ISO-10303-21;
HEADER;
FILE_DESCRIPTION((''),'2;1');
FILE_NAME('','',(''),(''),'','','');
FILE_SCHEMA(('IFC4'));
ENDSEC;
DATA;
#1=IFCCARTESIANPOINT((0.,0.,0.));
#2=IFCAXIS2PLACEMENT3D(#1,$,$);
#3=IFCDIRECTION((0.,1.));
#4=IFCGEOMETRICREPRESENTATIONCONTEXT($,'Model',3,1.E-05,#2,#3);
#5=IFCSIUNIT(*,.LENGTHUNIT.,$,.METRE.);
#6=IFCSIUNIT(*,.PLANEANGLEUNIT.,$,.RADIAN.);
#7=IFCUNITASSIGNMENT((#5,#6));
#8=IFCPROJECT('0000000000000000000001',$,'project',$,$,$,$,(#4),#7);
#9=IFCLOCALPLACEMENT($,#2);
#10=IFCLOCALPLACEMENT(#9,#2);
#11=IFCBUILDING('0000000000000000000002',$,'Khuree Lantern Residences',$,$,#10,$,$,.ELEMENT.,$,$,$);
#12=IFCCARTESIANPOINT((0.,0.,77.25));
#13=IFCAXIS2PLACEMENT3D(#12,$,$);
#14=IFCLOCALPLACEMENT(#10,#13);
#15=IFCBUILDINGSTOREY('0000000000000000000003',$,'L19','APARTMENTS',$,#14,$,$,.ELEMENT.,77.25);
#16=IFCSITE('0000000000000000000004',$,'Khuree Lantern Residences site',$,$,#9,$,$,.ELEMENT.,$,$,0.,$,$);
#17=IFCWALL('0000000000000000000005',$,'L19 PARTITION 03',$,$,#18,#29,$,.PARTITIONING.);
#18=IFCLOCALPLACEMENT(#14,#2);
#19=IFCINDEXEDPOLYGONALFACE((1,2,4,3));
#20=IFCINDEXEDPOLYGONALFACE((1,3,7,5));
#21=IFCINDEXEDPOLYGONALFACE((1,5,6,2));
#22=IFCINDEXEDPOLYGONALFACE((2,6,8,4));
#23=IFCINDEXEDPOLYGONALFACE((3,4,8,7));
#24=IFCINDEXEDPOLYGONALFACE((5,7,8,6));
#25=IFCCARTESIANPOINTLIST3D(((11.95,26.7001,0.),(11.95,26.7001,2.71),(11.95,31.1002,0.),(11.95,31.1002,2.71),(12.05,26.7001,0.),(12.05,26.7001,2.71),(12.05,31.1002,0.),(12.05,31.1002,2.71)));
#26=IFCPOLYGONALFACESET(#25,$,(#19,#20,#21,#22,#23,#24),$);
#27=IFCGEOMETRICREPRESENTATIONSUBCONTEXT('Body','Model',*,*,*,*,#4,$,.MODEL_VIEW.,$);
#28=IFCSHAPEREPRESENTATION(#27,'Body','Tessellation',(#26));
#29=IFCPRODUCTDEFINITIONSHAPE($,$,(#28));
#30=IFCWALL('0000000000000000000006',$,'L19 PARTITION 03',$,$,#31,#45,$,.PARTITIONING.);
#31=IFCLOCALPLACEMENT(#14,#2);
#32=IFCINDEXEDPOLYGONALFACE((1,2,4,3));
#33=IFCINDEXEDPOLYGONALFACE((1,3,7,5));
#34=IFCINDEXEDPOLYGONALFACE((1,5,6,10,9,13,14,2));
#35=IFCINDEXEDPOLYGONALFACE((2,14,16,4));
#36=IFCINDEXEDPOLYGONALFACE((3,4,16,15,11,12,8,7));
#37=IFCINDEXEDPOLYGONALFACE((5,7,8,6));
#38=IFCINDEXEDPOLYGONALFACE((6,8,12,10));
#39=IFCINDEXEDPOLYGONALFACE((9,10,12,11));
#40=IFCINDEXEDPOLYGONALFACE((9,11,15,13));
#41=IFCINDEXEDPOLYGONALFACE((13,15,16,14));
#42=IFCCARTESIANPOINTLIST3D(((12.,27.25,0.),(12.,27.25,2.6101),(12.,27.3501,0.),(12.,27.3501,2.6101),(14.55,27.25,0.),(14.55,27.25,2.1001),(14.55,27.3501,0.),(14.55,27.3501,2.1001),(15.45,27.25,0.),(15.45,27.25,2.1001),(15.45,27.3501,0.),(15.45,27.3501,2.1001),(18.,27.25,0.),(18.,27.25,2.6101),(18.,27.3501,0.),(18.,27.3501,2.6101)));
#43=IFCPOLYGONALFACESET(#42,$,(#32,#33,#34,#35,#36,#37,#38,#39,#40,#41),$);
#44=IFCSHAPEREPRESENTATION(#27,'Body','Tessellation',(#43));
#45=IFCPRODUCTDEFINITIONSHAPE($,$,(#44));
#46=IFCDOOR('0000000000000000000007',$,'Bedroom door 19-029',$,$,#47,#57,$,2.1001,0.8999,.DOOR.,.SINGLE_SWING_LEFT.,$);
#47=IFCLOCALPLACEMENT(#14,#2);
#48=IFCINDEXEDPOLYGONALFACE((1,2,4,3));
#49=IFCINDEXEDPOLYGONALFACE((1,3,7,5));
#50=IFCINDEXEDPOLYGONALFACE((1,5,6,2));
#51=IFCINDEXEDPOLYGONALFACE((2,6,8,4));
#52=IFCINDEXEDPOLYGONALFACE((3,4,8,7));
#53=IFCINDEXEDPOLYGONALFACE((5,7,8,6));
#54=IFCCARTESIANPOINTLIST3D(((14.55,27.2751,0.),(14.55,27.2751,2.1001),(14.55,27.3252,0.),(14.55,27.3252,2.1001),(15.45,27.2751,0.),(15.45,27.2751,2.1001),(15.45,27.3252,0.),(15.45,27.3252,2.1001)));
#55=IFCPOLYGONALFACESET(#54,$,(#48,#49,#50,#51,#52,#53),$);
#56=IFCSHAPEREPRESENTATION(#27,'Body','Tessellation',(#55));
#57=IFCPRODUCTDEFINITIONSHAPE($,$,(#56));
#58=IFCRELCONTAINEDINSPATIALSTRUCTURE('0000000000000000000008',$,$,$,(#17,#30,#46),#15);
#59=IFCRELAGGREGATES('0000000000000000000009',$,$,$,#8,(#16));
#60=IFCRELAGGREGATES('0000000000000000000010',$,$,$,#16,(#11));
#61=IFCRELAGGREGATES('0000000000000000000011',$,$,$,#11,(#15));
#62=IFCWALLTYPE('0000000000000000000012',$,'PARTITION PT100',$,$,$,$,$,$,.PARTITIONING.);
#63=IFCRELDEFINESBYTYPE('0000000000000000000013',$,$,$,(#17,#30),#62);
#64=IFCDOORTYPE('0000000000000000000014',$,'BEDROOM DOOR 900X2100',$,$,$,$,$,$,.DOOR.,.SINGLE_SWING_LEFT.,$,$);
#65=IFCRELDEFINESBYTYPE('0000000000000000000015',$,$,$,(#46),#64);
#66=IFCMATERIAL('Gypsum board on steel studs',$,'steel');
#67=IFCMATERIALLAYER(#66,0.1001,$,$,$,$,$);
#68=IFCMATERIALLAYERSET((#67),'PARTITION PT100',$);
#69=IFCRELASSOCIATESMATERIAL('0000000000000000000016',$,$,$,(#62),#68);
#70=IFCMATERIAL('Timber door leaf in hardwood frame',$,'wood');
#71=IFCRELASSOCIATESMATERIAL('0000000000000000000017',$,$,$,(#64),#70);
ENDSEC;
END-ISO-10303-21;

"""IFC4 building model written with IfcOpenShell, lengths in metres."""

from ifc_helpers import new_model, si_unit, direction, frame, frame_2d, origin, place, context, subcontext, project, spatial, rectangle, extrude, material, layer, layer_set, type_object, element, fill, save


model = new_model("IFC4")

# Units and contexts
model_context = context("Model", 3, precision=1e-05, world=origin(), true_north=direction((0.0, 1.0)))
body_context = subcontext(model_context, "Body", "Model", "MODEL_VIEW")
ifc_project = project(units=[si_unit("LENGTHUNIT", "METRE"), si_unit("PLANEANGLEUNIT", "RADIAN")], contexts=[model_context])

# Site, building, storey
site_placement = place(None, origin())
site = spatial("IfcSite", under=ifc_project, at=site_placement, Name="Khuree Lantern Residences site", CompositionType="ELEMENT", RefElevation=0.0)
building_placement = place(site_placement, origin())
building = spatial("IfcBuilding", under=site, at=building_placement, Name="Khuree Lantern Residences", CompositionType="ELEMENT")
storey_placement = place(building_placement, frame((0.0, 0.0, 77.25)))
storey = spatial("IfcBuildingStorey", under=building, at=storey_placement, Name="L19", Description="APARTMENTS", CompositionType="ELEMENT", Elevation=77.25)

# Shared definitions
ifc_material_1 = material(Name="Timber door leaf in hardwood frame", Category="wood")

# Wall
ifc_material_2 = material(Name="Gypsum board on steel studs", Category="steel")
ifc_layer_1 = layer(ifc_material_2, 0.1001)
ifc_layer_set_1 = layer_set([ifc_layer_1], Name="PARTITION PT100")
wall_type_1 = type_object("IfcWallType", Name="PARTITION PT100", PredefinedType="PARTITIONING", material=ifc_layer_set_1)
for number, where, z_axis, x_axis, name in (
    (1, (12.0, 26.7, 0.0), (0.0, 0.0, 1.0), (0.0, 1.0, 0.0), "L19 PARTITION 03"),
):
    element("IfcWall", number, at=place(storey_placement, frame(where, z_axis=z_axis, x_axis=x_axis)), inside=storey, type_object=wall_type_1, Name=name, PredefinedType="PARTITIONING", context=body_context, shape_type="SweptSolid", body=[
        extrude(rectangle(XDim=4.4001, YDim=0.1001, at=frame_2d((2.2002, 0.0))), origin(), (0.0, 0.0, 1.0), 2.71),
    ])

# Wall, opening, door
wall_1_placement = place(storey_placement, frame((18.0, 27.3, 0.0), z_axis=(0.0, 0.0, 1.0), x_axis=(-1.0, 0.0, 0.0)))
wall_1 = element("IfcWall", 2, at=wall_1_placement, inside=storey, type_object=wall_type_1, Name="L19 PARTITION 03", PredefinedType="PARTITIONING", context=body_context, shape_type="SweptSolid", body=[
    extrude(rectangle(XDim=6.0, YDim=0.1001, at=frame_2d((3.0, 0.0))), origin(), (0.0, 0.0, 1.0), 2.6101),
])
opening_1_placement = place(wall_1_placement, frame((2.55, 0.0, 0.0)))
opening_1 = element("IfcOpeningElement", 3, at=opening_1_placement, cuts=wall_1, PredefinedType="OPENING", context=body_context, shape_type="SweptSolid", body=[
    extrude(rectangle(XDim=0.8999, YDim=2.1001, at=frame_2d((0.45, 1.05))), frame((0.0, 0.0601, 0.0), z_axis=(0.0, -1.0, 0.0), x_axis=(1.0, 0.0, 0.0)), (0.0, 0.0, 1.0), 0.1201),
])
door_type_1 = type_object("IfcDoorType", Name="BEDROOM DOOR 900X2100", OperationType="SINGLE_SWING_LEFT", PredefinedType="DOOR", material=ifc_material_1)
door_1_placement = place(opening_1_placement, origin())
door_1 = element("IfcDoor", 4, at=door_1_placement, inside=storey, type_object=door_type_1, Name="Bedroom door 19-029", OperationType="SINGLE_SWING_LEFT", OverallHeight=2.1001, OverallWidth=0.8999, PredefinedType="DOOR", context=body_context, shape_type="SweptSolid", body=[
    extrude(rectangle(XDim=0.8999, YDim=2.1001, at=frame_2d((0.45, 1.05))), frame((0.0, 0.0249, 0.0), z_axis=(0.0, -1.0, 0.0), x_axis=(1.0, 0.0, 0.0)), (0.0, 0.0, 1.0), 0.05),
])
fill(opening_1, door_1)

save(model, "model.ifc")
